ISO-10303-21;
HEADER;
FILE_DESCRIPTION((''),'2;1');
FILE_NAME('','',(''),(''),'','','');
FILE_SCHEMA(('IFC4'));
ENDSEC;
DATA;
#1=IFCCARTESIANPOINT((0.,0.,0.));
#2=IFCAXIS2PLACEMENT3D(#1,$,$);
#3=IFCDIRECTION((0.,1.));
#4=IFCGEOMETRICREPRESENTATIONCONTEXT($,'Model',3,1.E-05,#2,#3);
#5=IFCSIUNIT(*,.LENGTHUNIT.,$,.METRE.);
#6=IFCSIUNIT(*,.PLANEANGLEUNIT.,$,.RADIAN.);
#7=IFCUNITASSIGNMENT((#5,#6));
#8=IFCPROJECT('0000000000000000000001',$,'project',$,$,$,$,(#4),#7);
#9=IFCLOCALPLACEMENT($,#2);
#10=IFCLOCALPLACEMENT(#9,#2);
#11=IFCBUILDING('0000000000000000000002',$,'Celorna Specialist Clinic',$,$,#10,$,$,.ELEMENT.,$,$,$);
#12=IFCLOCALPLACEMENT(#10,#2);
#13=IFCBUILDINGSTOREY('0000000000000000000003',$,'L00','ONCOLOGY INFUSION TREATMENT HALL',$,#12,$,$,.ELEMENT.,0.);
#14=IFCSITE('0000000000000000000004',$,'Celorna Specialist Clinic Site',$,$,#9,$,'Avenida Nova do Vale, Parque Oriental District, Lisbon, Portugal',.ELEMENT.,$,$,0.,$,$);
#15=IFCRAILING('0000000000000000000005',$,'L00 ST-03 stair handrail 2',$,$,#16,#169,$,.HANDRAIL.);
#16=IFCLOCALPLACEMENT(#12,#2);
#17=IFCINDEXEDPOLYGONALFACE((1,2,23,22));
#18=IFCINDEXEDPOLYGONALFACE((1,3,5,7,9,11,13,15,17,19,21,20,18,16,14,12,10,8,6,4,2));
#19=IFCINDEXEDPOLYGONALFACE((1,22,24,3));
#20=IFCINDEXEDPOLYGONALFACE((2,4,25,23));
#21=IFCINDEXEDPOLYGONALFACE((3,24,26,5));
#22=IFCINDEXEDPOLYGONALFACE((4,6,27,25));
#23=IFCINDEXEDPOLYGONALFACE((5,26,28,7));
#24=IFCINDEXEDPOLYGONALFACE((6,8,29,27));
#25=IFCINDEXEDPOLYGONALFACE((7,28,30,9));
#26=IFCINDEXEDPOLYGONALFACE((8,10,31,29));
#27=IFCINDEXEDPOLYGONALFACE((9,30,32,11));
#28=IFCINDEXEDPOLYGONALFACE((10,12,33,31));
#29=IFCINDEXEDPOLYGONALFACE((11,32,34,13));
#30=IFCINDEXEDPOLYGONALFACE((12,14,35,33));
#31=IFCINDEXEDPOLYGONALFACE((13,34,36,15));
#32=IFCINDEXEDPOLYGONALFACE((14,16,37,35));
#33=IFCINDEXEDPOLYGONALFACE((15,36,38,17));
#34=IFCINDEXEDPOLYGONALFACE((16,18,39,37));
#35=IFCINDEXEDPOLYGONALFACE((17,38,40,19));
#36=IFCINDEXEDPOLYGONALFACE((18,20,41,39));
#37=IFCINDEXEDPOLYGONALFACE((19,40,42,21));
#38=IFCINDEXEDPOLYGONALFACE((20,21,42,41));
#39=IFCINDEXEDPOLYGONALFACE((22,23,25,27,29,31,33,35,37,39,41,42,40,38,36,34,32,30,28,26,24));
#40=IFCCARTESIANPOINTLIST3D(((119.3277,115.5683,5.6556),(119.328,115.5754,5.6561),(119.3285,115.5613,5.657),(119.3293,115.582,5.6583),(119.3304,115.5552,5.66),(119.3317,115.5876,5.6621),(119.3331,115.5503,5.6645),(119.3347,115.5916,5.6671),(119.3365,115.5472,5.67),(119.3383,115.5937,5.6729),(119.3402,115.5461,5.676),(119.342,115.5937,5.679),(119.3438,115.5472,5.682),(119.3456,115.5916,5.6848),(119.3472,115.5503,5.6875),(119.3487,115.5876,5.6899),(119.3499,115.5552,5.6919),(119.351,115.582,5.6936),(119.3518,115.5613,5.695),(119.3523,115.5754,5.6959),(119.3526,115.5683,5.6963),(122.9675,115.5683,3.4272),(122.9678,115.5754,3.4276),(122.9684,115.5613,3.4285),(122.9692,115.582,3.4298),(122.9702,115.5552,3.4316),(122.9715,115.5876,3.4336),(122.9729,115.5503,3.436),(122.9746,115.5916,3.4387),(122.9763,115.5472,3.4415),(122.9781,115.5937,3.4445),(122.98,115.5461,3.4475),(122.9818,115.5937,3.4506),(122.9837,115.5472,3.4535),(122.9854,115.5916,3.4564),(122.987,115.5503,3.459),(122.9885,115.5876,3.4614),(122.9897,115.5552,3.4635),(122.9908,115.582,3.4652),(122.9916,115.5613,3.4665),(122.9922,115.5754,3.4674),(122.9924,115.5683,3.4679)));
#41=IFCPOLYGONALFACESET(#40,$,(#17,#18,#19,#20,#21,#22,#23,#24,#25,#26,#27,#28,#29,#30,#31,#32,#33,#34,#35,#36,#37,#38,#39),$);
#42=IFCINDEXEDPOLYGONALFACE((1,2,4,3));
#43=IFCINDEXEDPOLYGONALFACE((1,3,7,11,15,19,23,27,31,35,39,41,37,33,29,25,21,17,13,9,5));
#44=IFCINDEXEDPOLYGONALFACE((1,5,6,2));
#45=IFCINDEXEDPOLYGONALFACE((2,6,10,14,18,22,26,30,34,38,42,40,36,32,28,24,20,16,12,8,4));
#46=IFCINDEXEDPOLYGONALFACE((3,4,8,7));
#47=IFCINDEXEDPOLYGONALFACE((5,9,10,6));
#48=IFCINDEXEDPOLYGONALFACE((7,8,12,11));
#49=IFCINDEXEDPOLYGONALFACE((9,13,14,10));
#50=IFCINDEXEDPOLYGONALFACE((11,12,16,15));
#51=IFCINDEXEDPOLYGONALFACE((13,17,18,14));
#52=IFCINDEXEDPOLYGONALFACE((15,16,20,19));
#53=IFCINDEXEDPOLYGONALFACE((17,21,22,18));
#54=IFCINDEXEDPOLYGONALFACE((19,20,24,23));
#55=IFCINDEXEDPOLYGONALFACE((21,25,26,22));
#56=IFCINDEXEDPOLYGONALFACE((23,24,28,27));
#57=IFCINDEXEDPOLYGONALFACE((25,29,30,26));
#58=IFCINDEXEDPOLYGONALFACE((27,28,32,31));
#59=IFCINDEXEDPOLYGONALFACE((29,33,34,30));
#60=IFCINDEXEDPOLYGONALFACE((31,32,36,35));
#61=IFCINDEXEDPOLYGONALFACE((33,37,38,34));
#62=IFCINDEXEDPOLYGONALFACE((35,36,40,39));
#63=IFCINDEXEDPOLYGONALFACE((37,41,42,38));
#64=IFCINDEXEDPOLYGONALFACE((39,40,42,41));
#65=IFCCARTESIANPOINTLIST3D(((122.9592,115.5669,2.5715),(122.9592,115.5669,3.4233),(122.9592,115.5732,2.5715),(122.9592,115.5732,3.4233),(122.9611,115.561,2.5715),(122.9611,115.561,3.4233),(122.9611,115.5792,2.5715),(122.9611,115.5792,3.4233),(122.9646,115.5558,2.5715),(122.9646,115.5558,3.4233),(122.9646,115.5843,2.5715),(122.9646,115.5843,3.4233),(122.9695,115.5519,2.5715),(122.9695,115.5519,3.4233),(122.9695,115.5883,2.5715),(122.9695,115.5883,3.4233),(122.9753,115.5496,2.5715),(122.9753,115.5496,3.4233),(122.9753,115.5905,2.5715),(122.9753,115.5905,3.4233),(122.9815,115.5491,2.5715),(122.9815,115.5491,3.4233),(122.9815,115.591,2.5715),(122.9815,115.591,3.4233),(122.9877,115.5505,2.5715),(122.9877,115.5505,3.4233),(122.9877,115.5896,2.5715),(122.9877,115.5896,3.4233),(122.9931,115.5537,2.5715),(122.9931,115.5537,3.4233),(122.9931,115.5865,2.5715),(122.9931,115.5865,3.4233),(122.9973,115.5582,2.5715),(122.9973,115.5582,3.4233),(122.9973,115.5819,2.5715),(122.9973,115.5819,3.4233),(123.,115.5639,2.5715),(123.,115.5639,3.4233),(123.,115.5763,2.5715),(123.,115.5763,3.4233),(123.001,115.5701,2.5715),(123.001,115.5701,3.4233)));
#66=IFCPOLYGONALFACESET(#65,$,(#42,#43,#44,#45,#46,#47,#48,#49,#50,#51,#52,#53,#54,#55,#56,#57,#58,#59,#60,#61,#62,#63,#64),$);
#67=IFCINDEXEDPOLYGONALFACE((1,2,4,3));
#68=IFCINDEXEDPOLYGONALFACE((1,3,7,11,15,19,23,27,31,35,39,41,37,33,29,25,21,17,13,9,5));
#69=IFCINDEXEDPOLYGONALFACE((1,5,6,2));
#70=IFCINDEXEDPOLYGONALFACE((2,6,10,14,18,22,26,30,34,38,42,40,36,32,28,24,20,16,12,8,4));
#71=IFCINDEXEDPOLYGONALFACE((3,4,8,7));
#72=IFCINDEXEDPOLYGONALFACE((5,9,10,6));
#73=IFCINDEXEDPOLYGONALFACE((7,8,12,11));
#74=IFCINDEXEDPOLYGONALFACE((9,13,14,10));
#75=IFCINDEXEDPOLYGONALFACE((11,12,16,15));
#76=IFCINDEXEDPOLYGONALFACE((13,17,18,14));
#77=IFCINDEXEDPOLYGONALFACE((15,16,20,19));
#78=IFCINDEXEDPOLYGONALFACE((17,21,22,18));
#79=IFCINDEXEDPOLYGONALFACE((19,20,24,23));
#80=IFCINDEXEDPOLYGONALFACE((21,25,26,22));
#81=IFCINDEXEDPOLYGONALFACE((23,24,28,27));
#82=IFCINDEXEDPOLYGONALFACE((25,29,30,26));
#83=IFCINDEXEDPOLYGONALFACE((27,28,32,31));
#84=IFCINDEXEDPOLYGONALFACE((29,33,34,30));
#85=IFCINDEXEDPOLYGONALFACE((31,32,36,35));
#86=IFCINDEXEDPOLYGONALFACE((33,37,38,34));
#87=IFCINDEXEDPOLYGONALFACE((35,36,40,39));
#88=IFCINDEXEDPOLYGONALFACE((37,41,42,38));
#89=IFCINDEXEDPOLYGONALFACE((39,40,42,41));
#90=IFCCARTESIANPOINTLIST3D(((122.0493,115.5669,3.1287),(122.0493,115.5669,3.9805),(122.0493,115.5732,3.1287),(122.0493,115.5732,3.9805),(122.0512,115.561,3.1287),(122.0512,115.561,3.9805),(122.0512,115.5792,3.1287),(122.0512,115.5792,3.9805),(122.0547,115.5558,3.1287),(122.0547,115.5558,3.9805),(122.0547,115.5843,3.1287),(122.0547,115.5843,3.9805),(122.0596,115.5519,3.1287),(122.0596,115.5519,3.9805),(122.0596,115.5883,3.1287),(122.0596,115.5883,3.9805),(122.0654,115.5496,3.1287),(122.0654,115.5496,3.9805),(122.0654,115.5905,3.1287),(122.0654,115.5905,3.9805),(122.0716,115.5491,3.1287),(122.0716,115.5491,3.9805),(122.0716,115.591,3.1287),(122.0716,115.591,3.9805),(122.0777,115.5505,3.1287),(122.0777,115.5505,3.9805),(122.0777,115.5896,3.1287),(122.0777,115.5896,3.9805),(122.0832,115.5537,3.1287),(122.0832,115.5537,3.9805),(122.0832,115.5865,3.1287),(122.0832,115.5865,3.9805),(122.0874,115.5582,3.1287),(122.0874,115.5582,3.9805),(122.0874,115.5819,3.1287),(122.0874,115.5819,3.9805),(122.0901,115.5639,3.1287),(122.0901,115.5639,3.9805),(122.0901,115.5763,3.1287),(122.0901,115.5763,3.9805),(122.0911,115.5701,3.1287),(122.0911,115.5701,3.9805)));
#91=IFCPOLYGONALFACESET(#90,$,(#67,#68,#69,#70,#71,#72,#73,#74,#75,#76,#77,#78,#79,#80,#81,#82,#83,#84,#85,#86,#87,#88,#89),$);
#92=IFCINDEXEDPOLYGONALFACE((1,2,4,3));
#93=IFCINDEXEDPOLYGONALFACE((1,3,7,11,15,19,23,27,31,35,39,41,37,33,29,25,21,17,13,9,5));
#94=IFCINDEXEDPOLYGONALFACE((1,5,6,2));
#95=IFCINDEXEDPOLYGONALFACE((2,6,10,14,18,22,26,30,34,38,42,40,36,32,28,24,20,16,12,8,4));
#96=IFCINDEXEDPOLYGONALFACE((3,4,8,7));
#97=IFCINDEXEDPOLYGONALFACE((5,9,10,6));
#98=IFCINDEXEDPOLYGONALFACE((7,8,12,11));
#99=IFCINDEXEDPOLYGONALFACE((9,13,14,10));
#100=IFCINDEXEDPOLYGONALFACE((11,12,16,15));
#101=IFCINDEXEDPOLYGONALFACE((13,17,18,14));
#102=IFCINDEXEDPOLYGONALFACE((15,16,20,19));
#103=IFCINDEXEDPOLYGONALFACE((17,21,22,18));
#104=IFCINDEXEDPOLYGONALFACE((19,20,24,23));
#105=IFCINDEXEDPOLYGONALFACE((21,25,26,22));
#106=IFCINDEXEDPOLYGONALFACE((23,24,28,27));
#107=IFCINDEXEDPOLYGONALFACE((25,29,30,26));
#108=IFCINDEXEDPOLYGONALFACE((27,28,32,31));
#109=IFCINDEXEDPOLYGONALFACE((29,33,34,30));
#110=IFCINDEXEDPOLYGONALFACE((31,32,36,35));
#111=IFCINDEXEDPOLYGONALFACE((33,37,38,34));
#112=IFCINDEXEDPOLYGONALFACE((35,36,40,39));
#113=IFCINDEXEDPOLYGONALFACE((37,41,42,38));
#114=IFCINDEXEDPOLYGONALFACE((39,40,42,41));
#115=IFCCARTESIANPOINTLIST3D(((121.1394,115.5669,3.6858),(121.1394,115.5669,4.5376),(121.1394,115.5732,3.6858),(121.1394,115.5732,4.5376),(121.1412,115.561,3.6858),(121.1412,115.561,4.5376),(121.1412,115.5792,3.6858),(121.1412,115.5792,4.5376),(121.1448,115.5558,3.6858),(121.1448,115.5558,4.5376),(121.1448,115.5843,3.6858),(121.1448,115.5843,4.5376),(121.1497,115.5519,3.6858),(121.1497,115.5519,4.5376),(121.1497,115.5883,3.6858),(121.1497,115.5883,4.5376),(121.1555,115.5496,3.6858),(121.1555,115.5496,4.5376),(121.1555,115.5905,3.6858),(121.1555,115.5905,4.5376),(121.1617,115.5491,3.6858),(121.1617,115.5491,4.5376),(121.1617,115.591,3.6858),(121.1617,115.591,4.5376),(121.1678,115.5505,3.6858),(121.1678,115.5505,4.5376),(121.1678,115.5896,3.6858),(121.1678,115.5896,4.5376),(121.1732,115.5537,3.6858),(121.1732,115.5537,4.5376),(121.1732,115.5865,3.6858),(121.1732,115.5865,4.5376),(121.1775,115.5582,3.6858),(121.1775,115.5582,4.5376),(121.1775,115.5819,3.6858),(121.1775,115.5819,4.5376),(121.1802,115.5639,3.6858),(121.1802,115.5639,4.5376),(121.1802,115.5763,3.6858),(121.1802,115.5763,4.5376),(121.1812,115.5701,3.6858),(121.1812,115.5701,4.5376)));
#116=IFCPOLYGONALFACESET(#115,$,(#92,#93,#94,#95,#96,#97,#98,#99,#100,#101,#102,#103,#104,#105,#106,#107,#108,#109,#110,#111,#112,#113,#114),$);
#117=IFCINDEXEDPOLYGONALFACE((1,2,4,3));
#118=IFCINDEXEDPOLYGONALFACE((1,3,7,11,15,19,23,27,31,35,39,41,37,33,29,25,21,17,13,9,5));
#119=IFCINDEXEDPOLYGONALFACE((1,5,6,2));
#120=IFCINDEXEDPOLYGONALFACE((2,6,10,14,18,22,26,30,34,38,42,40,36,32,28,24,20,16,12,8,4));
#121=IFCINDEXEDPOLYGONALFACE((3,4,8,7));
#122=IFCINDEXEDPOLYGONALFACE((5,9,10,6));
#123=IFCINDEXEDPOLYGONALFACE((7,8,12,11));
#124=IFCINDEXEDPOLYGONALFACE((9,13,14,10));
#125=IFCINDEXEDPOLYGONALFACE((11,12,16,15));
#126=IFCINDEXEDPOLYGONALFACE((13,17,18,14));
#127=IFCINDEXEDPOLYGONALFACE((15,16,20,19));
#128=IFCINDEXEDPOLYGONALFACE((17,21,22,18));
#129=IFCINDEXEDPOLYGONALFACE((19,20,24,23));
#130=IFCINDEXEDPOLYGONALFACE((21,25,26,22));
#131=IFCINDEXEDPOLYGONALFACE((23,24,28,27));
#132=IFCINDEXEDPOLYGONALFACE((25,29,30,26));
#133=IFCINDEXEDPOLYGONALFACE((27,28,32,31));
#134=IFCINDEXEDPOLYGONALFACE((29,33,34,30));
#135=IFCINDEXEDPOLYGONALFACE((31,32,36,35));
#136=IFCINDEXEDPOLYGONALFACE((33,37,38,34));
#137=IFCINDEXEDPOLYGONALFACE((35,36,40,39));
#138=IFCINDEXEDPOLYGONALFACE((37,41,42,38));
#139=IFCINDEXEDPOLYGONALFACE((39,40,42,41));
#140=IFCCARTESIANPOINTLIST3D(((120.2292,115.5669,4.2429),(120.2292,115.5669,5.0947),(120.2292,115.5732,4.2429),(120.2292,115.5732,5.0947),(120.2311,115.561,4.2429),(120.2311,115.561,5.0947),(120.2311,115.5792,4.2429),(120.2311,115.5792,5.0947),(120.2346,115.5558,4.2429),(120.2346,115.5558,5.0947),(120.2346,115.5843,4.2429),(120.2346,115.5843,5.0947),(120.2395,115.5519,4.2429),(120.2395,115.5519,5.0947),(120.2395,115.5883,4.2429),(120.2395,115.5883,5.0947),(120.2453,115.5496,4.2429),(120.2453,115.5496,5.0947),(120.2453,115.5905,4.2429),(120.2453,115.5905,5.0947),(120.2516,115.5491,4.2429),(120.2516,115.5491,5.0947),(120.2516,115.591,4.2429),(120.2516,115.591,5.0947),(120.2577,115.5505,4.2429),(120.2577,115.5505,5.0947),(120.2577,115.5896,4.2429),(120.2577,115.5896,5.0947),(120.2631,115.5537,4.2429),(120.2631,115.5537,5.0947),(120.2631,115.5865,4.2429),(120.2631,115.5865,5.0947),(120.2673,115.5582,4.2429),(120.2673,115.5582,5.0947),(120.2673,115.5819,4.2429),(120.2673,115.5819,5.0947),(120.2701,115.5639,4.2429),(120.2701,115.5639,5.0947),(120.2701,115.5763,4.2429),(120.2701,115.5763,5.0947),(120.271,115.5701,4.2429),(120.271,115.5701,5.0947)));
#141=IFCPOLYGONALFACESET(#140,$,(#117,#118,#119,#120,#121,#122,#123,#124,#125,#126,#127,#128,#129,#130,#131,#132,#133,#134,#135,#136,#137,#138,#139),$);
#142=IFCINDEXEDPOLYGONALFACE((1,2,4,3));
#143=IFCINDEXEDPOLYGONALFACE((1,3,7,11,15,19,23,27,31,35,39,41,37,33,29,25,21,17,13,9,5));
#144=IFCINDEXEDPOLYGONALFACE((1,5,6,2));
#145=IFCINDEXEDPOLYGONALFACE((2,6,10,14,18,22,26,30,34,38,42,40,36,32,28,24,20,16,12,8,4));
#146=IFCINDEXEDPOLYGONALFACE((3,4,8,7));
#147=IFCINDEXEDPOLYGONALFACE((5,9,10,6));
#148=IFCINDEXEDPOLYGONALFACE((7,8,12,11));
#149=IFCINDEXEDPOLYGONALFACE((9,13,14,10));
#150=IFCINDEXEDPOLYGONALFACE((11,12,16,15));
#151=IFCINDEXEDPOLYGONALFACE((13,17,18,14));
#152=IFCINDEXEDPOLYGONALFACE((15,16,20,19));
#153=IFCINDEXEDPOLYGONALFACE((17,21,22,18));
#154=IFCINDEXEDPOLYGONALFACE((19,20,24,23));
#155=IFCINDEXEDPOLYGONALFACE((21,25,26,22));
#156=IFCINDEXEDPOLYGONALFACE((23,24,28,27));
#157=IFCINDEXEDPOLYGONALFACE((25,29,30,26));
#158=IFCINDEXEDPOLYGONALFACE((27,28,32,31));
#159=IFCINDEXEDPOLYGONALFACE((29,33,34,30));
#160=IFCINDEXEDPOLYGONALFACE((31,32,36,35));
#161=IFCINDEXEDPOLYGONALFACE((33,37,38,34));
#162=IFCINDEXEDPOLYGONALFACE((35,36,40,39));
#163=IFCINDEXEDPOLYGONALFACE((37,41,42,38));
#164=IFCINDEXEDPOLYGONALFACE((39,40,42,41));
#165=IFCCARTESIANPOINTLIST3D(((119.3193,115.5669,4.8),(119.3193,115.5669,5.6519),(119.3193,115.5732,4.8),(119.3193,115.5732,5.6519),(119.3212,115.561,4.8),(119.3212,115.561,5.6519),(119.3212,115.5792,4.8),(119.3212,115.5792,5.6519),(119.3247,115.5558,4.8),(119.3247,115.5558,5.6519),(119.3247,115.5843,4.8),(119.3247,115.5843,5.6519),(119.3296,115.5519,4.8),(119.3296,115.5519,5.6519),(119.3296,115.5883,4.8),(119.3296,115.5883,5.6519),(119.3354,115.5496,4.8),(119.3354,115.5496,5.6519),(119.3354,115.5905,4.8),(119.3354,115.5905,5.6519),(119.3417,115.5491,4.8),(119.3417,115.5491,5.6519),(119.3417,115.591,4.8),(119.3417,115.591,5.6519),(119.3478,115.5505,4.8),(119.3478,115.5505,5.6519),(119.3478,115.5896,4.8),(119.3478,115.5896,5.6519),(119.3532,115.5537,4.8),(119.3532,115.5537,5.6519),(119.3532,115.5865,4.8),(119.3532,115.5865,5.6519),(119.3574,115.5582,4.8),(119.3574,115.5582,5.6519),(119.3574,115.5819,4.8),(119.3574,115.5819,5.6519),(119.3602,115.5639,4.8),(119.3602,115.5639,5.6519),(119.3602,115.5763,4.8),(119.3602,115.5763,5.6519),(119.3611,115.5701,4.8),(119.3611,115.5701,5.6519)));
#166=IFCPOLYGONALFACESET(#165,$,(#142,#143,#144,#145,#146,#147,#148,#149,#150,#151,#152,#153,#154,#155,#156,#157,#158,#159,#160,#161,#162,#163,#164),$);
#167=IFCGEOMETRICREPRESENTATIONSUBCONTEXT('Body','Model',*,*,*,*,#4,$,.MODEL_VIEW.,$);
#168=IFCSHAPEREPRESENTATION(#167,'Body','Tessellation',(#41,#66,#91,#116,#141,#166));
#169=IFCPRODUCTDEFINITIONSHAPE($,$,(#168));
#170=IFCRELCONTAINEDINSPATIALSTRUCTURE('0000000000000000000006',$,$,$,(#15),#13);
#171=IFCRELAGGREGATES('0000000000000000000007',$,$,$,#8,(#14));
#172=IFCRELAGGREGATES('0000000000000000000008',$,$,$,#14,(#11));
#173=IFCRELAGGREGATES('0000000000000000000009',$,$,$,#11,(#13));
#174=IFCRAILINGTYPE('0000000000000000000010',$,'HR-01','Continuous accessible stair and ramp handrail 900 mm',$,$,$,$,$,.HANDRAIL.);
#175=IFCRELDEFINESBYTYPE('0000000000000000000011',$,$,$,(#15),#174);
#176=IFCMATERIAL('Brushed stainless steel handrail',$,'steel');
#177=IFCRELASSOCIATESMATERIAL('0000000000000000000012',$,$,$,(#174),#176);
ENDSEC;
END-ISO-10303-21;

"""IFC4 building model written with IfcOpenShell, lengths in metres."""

from ifc_helpers import new_model, si_unit, direction, frame, origin, origin_2d, place, context, subcontext, project, spatial, circle, extrude, material, type_object, element, save


model = new_model("IFC4")

# Units and contexts
model_context = context("Model", 3, precision=1e-05, world=origin(), true_north=direction((0.0, 1.0)))
body_context = subcontext(model_context, "Body", "Model", "MODEL_VIEW")
ifc_project = project(units=[si_unit("LENGTHUNIT", "METRE"), si_unit("PLANEANGLEUNIT", "RADIAN")], contexts=[model_context])

# Site, building, storey
site_placement = place(None, origin())
site = spatial("IfcSite", under=ifc_project, at=site_placement, Name="Celorna Specialist Clinic Site", LongName="Avenida Nova do Vale, Parque Oriental District, Lisbon, Portugal", CompositionType="ELEMENT", RefElevation=0.0)
building_placement = place(site_placement, origin())
building = spatial("IfcBuilding", under=site, at=building_placement, Name="Celorna Specialist Clinic", CompositionType="ELEMENT")
storey_placement = place(building_placement, origin())
storey = spatial("IfcBuildingStorey", under=building, at=storey_placement, Name="L00", Description="ONCOLOGY INFUSION TREATMENT HALL", CompositionType="ELEMENT", Elevation=0.0)

# Railing
ifc_material_1 = material(Name="Brushed stainless steel handrail", Category="steel")
railing_type_1 = type_object("IfcRailingType", Name="HR-01", Description="Continuous accessible stair and ramp handrail 900 mm", PredefinedType="HANDRAIL", material=ifc_material_1)
railing_1_placement = place(storey_placement, frame((122.98, 115.5701, 2.5715)))
element("IfcRailing", 1, at=railing_1_placement, inside=storey, type_object=railing_type_1, Name="L00 ST-03 stair handrail 2", PredefinedType="HANDRAIL", context=body_context, shape_type="SweptSolid", body=[
    extrude(circle(Radius=0.0239, at=origin_2d()), frame((0.0, 0.0, 0.876), z_axis=(-0.85285, 0.0, 0.522156), x_axis=(0.0, -1.0, 0.0)), (0.0, 0.0, 1.0), 4.2678),
    extrude(circle(Radius=0.021, at=origin_2d()), origin(), (0.0, 0.0, 1.0), 0.8518),
    extrude(circle(Radius=0.021, at=origin_2d()), frame((-0.9099, 0.0, 0.5571)), (0.0, 0.0, 1.0), 0.8518),
    extrude(circle(Radius=0.021, at=origin_2d()), frame((-1.8198, 0.0, 1.1143)), (0.0, 0.0, 1.0), 0.8518),
    extrude(circle(Radius=0.021, at=origin_2d()), frame((-2.73, 0.0, 1.6714)), (0.0, 0.0, 1.0), 0.8518),
    extrude(circle(Radius=0.021, at=origin_2d()), frame((-3.6399, 0.0, 2.2285)), (0.0, 0.0, 1.0), 0.8518),
])

save(model, "model.ifc")
